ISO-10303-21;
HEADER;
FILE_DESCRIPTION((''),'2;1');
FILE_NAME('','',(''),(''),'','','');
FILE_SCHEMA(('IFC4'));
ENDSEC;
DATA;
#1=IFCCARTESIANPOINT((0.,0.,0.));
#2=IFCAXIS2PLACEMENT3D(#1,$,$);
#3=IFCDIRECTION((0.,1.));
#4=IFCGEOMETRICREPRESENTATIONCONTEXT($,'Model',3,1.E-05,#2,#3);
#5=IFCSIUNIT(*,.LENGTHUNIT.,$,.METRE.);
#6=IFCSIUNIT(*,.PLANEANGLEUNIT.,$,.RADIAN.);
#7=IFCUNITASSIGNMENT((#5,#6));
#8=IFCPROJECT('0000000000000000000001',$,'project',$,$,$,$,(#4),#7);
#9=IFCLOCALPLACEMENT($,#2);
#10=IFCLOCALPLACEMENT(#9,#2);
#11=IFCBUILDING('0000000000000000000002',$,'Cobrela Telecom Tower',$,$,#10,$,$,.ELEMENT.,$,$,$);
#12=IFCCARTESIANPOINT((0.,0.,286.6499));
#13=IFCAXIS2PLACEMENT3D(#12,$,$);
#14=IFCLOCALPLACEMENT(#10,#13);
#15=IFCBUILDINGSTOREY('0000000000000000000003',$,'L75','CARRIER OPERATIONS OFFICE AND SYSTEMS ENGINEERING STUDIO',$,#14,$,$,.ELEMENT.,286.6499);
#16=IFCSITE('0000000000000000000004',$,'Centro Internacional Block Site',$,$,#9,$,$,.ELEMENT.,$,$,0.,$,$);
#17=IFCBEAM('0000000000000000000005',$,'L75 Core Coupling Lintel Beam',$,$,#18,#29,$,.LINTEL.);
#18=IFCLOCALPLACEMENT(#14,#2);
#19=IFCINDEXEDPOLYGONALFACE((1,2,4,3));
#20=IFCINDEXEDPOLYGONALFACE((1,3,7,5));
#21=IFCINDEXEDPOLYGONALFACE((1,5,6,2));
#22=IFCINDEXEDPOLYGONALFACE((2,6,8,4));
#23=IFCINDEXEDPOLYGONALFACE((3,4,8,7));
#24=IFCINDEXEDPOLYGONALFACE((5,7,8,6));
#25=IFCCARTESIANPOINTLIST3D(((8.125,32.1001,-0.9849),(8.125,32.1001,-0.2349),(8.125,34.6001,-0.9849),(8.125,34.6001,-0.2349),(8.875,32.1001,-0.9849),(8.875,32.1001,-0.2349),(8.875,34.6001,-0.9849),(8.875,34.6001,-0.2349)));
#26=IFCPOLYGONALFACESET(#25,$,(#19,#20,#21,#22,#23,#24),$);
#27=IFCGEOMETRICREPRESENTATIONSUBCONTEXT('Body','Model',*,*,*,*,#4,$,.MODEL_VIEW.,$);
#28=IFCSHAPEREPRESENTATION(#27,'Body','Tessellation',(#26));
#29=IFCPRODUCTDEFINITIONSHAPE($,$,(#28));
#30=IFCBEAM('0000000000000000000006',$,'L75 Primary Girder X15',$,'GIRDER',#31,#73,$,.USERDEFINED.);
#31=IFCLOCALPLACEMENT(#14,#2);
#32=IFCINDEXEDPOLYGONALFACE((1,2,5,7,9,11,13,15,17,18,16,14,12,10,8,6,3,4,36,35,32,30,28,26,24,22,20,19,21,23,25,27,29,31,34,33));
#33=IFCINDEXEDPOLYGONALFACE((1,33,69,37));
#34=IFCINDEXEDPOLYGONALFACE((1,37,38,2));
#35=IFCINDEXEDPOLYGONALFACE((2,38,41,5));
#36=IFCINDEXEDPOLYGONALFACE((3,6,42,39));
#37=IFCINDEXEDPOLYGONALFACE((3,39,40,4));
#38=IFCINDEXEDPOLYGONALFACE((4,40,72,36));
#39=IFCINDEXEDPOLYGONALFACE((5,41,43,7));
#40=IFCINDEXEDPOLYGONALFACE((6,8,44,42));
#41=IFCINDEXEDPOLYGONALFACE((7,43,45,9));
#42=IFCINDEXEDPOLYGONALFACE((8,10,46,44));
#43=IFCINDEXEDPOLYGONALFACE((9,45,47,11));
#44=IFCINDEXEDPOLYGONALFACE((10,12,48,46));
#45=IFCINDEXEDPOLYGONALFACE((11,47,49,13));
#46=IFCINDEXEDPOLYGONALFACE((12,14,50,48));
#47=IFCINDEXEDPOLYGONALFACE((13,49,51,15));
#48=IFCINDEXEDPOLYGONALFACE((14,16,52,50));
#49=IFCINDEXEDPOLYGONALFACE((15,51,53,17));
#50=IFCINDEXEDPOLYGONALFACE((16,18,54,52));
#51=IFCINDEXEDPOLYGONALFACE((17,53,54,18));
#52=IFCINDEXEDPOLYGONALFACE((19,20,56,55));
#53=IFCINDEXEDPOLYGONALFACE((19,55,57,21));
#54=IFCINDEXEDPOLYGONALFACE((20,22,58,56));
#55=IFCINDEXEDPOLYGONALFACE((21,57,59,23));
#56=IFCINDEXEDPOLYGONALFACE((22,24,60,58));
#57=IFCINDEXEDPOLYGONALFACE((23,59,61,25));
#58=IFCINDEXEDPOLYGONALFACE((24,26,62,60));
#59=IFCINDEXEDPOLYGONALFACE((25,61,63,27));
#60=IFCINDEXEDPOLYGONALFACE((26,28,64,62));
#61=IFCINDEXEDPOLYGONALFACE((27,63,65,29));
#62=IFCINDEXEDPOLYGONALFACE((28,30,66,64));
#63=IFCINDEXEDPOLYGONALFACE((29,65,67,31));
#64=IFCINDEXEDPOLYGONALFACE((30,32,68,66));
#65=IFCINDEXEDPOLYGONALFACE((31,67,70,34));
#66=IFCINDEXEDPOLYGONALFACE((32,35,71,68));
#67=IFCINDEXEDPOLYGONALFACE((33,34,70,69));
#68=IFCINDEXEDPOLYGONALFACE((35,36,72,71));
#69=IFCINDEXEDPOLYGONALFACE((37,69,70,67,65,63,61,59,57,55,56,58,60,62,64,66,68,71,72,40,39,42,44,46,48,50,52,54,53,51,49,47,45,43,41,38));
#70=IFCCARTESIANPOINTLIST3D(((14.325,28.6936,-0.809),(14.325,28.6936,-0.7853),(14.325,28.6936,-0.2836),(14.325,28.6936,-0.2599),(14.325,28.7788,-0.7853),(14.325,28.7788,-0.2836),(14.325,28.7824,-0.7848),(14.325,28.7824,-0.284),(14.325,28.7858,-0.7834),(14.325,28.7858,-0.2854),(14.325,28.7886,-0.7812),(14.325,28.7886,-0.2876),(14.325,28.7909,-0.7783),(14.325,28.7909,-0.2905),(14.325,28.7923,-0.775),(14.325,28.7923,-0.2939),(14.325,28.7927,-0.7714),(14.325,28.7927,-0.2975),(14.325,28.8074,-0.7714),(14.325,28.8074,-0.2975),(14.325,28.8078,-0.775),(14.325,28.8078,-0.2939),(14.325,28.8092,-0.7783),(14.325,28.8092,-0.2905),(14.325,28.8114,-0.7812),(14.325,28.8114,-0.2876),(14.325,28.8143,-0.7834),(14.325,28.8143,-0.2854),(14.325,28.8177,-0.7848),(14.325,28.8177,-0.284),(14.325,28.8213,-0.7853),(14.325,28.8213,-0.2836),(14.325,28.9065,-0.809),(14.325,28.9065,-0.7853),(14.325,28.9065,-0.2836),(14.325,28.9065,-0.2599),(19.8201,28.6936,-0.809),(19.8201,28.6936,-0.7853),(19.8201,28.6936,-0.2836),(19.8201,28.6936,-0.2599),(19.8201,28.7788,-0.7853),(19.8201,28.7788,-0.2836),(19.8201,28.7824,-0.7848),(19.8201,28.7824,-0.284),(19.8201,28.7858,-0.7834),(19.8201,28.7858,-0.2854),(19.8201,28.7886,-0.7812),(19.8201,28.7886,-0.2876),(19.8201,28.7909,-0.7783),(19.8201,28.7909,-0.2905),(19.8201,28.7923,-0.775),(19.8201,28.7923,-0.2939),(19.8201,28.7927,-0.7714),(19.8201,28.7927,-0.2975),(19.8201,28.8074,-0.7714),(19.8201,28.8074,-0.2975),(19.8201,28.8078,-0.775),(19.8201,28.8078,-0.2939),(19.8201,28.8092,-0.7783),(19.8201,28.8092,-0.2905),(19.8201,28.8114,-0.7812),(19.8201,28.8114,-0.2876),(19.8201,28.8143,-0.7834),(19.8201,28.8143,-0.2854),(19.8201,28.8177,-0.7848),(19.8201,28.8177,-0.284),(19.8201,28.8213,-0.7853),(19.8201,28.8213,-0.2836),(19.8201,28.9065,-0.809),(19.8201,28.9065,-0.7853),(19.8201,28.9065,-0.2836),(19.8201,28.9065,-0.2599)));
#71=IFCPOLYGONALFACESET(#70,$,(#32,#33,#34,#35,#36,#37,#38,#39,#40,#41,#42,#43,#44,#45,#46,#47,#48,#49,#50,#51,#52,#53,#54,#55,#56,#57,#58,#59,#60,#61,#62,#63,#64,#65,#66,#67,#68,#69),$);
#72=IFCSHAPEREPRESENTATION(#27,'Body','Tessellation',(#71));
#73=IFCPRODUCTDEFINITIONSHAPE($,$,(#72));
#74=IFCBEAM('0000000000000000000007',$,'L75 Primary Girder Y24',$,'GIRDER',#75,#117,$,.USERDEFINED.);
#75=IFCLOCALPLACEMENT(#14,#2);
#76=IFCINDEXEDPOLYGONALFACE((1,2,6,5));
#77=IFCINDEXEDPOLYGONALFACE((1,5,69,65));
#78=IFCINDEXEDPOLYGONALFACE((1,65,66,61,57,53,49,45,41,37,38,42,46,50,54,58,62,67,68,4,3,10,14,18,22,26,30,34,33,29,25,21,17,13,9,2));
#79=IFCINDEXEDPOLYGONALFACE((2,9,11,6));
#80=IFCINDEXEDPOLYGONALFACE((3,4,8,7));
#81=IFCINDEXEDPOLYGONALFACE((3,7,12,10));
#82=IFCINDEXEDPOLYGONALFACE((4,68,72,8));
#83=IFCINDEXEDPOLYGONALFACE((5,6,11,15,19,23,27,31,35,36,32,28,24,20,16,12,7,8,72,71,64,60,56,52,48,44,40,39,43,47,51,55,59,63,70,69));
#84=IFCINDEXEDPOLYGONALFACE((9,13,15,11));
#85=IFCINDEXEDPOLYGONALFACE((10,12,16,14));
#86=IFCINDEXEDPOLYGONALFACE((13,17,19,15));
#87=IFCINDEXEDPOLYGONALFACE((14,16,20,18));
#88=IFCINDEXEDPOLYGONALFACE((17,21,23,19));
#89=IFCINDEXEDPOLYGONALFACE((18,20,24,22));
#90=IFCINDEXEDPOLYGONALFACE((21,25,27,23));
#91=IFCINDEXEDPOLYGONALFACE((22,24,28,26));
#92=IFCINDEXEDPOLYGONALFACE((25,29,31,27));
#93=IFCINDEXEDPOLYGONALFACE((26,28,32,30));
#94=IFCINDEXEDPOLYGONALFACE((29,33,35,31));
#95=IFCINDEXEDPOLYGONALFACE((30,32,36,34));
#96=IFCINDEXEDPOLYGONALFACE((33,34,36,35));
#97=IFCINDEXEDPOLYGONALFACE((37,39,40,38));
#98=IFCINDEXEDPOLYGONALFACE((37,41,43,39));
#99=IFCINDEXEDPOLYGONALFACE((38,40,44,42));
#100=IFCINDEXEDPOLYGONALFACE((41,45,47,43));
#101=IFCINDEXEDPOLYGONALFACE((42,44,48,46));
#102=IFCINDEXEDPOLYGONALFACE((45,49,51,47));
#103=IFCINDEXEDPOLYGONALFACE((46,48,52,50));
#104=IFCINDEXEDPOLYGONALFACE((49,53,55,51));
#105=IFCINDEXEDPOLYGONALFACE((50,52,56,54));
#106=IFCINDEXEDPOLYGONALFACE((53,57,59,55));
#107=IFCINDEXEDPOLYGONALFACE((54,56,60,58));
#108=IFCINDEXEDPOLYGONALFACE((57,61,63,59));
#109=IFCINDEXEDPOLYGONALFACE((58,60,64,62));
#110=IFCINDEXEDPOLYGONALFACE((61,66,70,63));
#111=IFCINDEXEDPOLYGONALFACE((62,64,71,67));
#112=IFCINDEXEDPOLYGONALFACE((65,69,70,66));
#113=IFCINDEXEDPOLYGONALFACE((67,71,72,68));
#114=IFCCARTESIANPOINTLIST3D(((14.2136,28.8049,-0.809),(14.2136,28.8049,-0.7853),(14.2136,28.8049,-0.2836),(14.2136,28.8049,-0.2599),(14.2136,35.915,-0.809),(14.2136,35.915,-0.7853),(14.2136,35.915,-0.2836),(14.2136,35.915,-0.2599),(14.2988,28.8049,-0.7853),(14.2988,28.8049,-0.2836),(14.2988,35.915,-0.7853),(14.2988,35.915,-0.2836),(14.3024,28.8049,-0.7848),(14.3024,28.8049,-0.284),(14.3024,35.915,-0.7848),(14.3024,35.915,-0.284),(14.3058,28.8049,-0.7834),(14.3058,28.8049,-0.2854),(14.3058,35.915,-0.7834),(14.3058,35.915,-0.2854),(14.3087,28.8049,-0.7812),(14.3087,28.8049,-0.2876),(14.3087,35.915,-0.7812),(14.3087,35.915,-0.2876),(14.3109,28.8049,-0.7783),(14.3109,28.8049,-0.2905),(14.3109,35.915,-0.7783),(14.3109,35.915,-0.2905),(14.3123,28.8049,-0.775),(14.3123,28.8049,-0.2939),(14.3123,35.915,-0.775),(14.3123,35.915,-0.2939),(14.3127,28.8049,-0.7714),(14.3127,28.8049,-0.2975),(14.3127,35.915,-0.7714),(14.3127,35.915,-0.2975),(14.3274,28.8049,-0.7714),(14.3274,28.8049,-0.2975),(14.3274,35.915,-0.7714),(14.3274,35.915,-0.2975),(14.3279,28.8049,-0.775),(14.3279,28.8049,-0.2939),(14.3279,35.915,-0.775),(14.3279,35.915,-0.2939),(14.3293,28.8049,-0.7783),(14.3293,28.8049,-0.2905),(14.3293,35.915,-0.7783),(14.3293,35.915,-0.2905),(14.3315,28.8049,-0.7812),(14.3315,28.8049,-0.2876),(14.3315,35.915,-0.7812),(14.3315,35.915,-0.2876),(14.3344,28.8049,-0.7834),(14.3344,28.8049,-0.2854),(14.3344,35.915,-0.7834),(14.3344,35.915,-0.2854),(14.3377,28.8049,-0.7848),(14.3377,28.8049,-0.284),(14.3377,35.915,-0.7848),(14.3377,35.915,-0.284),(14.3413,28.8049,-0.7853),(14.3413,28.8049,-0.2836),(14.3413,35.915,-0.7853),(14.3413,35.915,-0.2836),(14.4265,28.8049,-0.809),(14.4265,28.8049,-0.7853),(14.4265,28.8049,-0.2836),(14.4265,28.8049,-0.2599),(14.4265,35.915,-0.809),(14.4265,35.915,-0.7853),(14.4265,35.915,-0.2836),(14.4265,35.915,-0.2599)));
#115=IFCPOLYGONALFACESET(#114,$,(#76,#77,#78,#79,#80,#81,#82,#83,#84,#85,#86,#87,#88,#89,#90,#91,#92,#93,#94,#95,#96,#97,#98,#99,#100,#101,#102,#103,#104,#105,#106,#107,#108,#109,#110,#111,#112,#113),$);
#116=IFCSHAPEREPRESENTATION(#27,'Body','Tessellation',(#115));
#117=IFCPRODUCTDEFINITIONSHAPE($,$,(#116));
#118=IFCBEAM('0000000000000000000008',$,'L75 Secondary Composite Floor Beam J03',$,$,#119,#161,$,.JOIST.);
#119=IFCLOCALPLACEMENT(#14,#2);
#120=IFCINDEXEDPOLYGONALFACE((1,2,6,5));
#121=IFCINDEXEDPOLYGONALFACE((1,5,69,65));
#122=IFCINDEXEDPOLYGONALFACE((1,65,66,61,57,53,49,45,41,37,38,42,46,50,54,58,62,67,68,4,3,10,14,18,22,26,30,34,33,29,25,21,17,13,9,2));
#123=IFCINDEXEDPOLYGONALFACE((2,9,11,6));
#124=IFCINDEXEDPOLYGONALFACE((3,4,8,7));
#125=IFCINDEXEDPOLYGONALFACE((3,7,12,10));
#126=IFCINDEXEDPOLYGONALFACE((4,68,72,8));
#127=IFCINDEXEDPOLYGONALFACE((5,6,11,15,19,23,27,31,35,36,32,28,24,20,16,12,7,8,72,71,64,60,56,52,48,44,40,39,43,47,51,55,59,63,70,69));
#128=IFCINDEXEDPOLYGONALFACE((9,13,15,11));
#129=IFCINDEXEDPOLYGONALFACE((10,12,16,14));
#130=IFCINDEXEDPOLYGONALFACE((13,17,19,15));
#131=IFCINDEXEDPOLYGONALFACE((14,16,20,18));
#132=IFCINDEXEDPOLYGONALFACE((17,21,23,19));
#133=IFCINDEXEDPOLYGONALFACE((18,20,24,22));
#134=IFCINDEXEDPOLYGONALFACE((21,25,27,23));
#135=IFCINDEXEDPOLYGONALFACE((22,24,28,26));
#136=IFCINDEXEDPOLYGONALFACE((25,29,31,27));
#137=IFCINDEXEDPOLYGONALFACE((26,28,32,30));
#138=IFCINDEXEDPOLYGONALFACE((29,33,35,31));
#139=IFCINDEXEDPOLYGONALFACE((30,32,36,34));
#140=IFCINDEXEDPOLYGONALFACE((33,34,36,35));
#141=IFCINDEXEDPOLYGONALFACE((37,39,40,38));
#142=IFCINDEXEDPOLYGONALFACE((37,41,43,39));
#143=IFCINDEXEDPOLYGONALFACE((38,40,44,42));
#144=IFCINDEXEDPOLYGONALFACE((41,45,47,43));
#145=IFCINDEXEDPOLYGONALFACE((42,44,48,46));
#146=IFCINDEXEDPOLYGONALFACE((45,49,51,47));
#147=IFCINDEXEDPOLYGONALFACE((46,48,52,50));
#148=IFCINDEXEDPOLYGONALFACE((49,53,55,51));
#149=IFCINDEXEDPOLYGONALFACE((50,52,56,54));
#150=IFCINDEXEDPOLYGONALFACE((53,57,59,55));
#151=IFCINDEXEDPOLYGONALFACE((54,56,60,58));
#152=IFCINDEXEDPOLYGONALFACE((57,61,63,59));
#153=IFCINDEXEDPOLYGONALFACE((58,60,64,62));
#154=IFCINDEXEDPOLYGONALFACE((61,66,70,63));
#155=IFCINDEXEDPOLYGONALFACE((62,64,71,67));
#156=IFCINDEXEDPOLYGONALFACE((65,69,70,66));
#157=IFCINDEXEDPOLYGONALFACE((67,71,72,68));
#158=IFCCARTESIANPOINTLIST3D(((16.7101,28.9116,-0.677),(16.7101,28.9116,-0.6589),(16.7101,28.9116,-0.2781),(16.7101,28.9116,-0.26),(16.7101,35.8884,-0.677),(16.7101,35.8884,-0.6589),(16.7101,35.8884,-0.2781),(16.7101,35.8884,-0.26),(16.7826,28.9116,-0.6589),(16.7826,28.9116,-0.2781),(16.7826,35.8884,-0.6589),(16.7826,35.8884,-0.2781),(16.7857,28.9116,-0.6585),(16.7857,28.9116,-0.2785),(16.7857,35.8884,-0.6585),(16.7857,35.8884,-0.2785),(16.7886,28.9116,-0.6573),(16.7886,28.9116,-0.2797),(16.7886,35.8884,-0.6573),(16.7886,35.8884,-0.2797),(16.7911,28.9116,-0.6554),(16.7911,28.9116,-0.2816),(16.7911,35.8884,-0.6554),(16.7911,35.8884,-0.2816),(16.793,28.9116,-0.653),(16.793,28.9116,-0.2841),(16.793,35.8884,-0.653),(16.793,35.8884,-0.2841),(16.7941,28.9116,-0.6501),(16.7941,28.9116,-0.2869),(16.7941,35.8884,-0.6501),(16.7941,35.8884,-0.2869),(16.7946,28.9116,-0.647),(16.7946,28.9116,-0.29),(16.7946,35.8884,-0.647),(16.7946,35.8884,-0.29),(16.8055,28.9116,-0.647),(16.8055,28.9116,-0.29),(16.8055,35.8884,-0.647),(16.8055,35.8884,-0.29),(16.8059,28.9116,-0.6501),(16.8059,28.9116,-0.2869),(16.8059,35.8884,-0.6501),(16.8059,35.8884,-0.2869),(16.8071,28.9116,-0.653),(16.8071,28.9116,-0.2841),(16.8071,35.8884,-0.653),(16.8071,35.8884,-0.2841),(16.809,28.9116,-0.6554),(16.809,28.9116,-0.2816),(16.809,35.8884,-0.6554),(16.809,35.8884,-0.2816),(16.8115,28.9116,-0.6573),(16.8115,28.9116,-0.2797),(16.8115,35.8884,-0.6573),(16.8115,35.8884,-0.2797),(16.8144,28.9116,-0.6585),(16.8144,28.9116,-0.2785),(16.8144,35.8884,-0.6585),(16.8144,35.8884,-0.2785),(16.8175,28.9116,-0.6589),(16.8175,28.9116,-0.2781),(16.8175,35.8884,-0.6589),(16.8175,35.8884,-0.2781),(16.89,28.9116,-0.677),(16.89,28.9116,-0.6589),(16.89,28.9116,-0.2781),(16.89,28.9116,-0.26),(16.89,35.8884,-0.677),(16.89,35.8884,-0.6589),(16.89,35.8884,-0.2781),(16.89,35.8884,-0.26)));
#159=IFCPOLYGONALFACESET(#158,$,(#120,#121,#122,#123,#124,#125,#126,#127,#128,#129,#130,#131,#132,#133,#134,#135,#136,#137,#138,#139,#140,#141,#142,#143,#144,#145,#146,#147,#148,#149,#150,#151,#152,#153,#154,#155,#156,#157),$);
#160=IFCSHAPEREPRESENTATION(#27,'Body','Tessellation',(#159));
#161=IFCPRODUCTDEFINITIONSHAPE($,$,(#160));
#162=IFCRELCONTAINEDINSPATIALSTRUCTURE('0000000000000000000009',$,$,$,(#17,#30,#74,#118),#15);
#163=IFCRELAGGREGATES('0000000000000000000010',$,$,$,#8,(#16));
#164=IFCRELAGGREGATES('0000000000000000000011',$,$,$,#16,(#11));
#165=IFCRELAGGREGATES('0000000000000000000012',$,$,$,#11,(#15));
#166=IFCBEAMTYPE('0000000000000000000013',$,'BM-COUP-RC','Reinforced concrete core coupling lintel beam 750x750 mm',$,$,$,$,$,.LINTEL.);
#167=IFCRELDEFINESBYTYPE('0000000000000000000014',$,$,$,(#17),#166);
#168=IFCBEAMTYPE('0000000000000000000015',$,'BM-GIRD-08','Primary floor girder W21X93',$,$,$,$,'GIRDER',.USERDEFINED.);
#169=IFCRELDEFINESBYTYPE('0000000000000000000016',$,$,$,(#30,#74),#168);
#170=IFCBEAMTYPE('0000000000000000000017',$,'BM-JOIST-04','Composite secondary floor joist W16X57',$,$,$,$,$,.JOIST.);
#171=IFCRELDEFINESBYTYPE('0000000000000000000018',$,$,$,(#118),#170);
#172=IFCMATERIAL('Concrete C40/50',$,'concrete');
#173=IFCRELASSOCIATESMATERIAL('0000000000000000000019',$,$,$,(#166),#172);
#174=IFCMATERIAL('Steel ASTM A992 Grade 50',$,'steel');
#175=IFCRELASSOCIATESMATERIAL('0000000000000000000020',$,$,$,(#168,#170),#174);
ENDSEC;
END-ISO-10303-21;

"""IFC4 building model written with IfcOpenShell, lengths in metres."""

from ifc_helpers import new_model, si_unit, direction, frame, origin, origin_2d, place, context, subcontext, project, spatial, rectangle, i_section, extrude, material, material_profile, profile_set, type_object, element, save


model = new_model("IFC4")

# Units and contexts
model_context = context("Model", 3, precision=1e-05, world=origin(), true_north=direction((0.0, 1.0)))
body_context = subcontext(model_context, "Body", "Model", "MODEL_VIEW")
ifc_project = project(units=[si_unit("LENGTHUNIT", "METRE"), si_unit("PLANEANGLEUNIT", "RADIAN")], contexts=[model_context])

# Site, building, storey
site_placement = place(None, origin())
site = spatial("IfcSite", under=ifc_project, at=site_placement, Name="Centro Internacional Block Site", CompositionType="ELEMENT", RefElevation=0.0)
building_placement = place(site_placement, origin())
building = spatial("IfcBuilding", under=site, at=building_placement, Name="Cobrela Telecom Tower", CompositionType="ELEMENT")
storey_placement = place(building_placement, frame((0.0, 0.0, 286.6499)))
storey = spatial("IfcBuildingStorey", under=building, at=storey_placement, Name="L75", Description="CARRIER OPERATIONS OFFICE AND SYSTEMS ENGINEERING STUDIO", CompositionType="ELEMENT", Elevation=286.6499)

# Beams
ifc_material_1 = material(Name="Concrete C40/50", Category="concrete")
ifc_material_profile_1 = material_profile(ifc_material_1, rectangle(XDim=0.75, YDim=0.75, at=origin_2d()), Name="RC 750x750")
ifc_profile_set_1 = profile_set([ifc_material_profile_1], Name="Concrete C40/50")
beam_type_1 = type_object("IfcBeamType", Name="BM-COUP-RC", Description="Reinforced concrete core coupling lintel beam 750x750 mm", PredefinedType="LINTEL", material=ifc_profile_set_1)
beam_1_placement = place(storey_placement, frame((8.5, 32.1001, -0.6099), z_axis=(0.0, 1.0, 0.0), x_axis=(-1.0, 0.0, 0.0)))
element("IfcBeam", 1, at=beam_1_placement, inside=storey, type_object=beam_type_1, Name="L75 Core Coupling Lintel Beam", PredefinedType="LINTEL", context=body_context, shape_type="SweptSolid", body=[
    extrude(rectangle(XDim=0.75, YDim=0.75, at=origin_2d()), origin(), (0.0, 0.0, 1.0), 2.5),
])
ifc_material_2 = material(Name="Steel ASTM A992 Grade 50", Category="steel")
ifc_material_profile_2 = material_profile(ifc_material_2, i_section(OverallWidth=0.2129, OverallDepth=0.5491, WebThickness=0.0146, FlangeThickness=0.0237, FilletRadius=0.0139, at=origin_2d()), Name="W21X93")
ifc_profile_set_2 = profile_set([ifc_material_profile_2], Name="Steel ASTM A992 Grade 50")
beam_type_2 = type_object("IfcBeamType", Name="BM-GIRD-08", Description="Primary floor girder W21X93", ElementType="GIRDER", PredefinedType="USERDEFINED", material=ifc_profile_set_2)
beam_2_placement = place(storey_placement, frame((14.325, 28.8, -0.5344), z_axis=(1.0, 0.0, 0.0), x_axis=(0.0, 1.0, 0.0)))
element("IfcBeam", 2, at=beam_2_placement, inside=storey, type_object=beam_type_2, Name="L75 Primary Girder X15", ObjectType="GIRDER", PredefinedType="USERDEFINED", context=body_context, shape_type="SweptSolid", body=[
    extrude(i_section(OverallWidth=0.2129, OverallDepth=0.5491, WebThickness=0.0146, FlangeThickness=0.0237, FilletRadius=0.0139, at=origin_2d()), origin(), (0.0, 0.0, 1.0), 5.4951),
])
beam_3_placement = place(storey_placement, frame((14.3201, 28.8049, -0.5344), z_axis=(0.0, 1.0, 0.0), x_axis=(-1.0, 0.0, 0.0)))
element("IfcBeam", 3, at=beam_3_placement, inside=storey, type_object=beam_type_2, Name="L75 Primary Girder Y24", ObjectType="GIRDER", PredefinedType="USERDEFINED", context=body_context, shape_type="SweptSolid", body=[
    extrude(i_section(OverallWidth=0.2129, OverallDepth=0.5491, WebThickness=0.0146, FlangeThickness=0.0237, FilletRadius=0.0139, at=origin_2d()), origin(), (0.0, 0.0, 1.0), 7.1101),
])
ifc_material_profile_3 = material_profile(ifc_material_2, i_section(OverallWidth=0.1799, OverallDepth=0.417, WebThickness=0.011, FlangeThickness=0.0181, FilletRadius=0.012, at=origin_2d()), Name="W16X57")
ifc_profile_set_3 = profile_set([ifc_material_profile_3], Name="Steel ASTM A992 Grade 50")
beam_type_3 = type_object("IfcBeamType", Name="BM-JOIST-04", Description="Composite secondary floor joist W16X57", PredefinedType="JOIST", material=ifc_profile_set_3)
beam_4_placement = place(storey_placement, frame((16.8, 28.9116, -0.4685), z_axis=(0.0, 1.0, 0.0), x_axis=(-1.0, 0.0, 0.0)))
element("IfcBeam", 4, at=beam_4_placement, inside=storey, type_object=beam_type_3, Name="L75 Secondary Composite Floor Beam J03", PredefinedType="JOIST", context=body_context, shape_type="SweptSolid", body=[
    extrude(i_section(OverallWidth=0.1799, OverallDepth=0.417, WebThickness=0.011, FlangeThickness=0.0181, FilletRadius=0.012, at=origin_2d()), origin(), (0.0, 0.0, 1.0), 6.9768),
])

save(model, "model.ifc")
